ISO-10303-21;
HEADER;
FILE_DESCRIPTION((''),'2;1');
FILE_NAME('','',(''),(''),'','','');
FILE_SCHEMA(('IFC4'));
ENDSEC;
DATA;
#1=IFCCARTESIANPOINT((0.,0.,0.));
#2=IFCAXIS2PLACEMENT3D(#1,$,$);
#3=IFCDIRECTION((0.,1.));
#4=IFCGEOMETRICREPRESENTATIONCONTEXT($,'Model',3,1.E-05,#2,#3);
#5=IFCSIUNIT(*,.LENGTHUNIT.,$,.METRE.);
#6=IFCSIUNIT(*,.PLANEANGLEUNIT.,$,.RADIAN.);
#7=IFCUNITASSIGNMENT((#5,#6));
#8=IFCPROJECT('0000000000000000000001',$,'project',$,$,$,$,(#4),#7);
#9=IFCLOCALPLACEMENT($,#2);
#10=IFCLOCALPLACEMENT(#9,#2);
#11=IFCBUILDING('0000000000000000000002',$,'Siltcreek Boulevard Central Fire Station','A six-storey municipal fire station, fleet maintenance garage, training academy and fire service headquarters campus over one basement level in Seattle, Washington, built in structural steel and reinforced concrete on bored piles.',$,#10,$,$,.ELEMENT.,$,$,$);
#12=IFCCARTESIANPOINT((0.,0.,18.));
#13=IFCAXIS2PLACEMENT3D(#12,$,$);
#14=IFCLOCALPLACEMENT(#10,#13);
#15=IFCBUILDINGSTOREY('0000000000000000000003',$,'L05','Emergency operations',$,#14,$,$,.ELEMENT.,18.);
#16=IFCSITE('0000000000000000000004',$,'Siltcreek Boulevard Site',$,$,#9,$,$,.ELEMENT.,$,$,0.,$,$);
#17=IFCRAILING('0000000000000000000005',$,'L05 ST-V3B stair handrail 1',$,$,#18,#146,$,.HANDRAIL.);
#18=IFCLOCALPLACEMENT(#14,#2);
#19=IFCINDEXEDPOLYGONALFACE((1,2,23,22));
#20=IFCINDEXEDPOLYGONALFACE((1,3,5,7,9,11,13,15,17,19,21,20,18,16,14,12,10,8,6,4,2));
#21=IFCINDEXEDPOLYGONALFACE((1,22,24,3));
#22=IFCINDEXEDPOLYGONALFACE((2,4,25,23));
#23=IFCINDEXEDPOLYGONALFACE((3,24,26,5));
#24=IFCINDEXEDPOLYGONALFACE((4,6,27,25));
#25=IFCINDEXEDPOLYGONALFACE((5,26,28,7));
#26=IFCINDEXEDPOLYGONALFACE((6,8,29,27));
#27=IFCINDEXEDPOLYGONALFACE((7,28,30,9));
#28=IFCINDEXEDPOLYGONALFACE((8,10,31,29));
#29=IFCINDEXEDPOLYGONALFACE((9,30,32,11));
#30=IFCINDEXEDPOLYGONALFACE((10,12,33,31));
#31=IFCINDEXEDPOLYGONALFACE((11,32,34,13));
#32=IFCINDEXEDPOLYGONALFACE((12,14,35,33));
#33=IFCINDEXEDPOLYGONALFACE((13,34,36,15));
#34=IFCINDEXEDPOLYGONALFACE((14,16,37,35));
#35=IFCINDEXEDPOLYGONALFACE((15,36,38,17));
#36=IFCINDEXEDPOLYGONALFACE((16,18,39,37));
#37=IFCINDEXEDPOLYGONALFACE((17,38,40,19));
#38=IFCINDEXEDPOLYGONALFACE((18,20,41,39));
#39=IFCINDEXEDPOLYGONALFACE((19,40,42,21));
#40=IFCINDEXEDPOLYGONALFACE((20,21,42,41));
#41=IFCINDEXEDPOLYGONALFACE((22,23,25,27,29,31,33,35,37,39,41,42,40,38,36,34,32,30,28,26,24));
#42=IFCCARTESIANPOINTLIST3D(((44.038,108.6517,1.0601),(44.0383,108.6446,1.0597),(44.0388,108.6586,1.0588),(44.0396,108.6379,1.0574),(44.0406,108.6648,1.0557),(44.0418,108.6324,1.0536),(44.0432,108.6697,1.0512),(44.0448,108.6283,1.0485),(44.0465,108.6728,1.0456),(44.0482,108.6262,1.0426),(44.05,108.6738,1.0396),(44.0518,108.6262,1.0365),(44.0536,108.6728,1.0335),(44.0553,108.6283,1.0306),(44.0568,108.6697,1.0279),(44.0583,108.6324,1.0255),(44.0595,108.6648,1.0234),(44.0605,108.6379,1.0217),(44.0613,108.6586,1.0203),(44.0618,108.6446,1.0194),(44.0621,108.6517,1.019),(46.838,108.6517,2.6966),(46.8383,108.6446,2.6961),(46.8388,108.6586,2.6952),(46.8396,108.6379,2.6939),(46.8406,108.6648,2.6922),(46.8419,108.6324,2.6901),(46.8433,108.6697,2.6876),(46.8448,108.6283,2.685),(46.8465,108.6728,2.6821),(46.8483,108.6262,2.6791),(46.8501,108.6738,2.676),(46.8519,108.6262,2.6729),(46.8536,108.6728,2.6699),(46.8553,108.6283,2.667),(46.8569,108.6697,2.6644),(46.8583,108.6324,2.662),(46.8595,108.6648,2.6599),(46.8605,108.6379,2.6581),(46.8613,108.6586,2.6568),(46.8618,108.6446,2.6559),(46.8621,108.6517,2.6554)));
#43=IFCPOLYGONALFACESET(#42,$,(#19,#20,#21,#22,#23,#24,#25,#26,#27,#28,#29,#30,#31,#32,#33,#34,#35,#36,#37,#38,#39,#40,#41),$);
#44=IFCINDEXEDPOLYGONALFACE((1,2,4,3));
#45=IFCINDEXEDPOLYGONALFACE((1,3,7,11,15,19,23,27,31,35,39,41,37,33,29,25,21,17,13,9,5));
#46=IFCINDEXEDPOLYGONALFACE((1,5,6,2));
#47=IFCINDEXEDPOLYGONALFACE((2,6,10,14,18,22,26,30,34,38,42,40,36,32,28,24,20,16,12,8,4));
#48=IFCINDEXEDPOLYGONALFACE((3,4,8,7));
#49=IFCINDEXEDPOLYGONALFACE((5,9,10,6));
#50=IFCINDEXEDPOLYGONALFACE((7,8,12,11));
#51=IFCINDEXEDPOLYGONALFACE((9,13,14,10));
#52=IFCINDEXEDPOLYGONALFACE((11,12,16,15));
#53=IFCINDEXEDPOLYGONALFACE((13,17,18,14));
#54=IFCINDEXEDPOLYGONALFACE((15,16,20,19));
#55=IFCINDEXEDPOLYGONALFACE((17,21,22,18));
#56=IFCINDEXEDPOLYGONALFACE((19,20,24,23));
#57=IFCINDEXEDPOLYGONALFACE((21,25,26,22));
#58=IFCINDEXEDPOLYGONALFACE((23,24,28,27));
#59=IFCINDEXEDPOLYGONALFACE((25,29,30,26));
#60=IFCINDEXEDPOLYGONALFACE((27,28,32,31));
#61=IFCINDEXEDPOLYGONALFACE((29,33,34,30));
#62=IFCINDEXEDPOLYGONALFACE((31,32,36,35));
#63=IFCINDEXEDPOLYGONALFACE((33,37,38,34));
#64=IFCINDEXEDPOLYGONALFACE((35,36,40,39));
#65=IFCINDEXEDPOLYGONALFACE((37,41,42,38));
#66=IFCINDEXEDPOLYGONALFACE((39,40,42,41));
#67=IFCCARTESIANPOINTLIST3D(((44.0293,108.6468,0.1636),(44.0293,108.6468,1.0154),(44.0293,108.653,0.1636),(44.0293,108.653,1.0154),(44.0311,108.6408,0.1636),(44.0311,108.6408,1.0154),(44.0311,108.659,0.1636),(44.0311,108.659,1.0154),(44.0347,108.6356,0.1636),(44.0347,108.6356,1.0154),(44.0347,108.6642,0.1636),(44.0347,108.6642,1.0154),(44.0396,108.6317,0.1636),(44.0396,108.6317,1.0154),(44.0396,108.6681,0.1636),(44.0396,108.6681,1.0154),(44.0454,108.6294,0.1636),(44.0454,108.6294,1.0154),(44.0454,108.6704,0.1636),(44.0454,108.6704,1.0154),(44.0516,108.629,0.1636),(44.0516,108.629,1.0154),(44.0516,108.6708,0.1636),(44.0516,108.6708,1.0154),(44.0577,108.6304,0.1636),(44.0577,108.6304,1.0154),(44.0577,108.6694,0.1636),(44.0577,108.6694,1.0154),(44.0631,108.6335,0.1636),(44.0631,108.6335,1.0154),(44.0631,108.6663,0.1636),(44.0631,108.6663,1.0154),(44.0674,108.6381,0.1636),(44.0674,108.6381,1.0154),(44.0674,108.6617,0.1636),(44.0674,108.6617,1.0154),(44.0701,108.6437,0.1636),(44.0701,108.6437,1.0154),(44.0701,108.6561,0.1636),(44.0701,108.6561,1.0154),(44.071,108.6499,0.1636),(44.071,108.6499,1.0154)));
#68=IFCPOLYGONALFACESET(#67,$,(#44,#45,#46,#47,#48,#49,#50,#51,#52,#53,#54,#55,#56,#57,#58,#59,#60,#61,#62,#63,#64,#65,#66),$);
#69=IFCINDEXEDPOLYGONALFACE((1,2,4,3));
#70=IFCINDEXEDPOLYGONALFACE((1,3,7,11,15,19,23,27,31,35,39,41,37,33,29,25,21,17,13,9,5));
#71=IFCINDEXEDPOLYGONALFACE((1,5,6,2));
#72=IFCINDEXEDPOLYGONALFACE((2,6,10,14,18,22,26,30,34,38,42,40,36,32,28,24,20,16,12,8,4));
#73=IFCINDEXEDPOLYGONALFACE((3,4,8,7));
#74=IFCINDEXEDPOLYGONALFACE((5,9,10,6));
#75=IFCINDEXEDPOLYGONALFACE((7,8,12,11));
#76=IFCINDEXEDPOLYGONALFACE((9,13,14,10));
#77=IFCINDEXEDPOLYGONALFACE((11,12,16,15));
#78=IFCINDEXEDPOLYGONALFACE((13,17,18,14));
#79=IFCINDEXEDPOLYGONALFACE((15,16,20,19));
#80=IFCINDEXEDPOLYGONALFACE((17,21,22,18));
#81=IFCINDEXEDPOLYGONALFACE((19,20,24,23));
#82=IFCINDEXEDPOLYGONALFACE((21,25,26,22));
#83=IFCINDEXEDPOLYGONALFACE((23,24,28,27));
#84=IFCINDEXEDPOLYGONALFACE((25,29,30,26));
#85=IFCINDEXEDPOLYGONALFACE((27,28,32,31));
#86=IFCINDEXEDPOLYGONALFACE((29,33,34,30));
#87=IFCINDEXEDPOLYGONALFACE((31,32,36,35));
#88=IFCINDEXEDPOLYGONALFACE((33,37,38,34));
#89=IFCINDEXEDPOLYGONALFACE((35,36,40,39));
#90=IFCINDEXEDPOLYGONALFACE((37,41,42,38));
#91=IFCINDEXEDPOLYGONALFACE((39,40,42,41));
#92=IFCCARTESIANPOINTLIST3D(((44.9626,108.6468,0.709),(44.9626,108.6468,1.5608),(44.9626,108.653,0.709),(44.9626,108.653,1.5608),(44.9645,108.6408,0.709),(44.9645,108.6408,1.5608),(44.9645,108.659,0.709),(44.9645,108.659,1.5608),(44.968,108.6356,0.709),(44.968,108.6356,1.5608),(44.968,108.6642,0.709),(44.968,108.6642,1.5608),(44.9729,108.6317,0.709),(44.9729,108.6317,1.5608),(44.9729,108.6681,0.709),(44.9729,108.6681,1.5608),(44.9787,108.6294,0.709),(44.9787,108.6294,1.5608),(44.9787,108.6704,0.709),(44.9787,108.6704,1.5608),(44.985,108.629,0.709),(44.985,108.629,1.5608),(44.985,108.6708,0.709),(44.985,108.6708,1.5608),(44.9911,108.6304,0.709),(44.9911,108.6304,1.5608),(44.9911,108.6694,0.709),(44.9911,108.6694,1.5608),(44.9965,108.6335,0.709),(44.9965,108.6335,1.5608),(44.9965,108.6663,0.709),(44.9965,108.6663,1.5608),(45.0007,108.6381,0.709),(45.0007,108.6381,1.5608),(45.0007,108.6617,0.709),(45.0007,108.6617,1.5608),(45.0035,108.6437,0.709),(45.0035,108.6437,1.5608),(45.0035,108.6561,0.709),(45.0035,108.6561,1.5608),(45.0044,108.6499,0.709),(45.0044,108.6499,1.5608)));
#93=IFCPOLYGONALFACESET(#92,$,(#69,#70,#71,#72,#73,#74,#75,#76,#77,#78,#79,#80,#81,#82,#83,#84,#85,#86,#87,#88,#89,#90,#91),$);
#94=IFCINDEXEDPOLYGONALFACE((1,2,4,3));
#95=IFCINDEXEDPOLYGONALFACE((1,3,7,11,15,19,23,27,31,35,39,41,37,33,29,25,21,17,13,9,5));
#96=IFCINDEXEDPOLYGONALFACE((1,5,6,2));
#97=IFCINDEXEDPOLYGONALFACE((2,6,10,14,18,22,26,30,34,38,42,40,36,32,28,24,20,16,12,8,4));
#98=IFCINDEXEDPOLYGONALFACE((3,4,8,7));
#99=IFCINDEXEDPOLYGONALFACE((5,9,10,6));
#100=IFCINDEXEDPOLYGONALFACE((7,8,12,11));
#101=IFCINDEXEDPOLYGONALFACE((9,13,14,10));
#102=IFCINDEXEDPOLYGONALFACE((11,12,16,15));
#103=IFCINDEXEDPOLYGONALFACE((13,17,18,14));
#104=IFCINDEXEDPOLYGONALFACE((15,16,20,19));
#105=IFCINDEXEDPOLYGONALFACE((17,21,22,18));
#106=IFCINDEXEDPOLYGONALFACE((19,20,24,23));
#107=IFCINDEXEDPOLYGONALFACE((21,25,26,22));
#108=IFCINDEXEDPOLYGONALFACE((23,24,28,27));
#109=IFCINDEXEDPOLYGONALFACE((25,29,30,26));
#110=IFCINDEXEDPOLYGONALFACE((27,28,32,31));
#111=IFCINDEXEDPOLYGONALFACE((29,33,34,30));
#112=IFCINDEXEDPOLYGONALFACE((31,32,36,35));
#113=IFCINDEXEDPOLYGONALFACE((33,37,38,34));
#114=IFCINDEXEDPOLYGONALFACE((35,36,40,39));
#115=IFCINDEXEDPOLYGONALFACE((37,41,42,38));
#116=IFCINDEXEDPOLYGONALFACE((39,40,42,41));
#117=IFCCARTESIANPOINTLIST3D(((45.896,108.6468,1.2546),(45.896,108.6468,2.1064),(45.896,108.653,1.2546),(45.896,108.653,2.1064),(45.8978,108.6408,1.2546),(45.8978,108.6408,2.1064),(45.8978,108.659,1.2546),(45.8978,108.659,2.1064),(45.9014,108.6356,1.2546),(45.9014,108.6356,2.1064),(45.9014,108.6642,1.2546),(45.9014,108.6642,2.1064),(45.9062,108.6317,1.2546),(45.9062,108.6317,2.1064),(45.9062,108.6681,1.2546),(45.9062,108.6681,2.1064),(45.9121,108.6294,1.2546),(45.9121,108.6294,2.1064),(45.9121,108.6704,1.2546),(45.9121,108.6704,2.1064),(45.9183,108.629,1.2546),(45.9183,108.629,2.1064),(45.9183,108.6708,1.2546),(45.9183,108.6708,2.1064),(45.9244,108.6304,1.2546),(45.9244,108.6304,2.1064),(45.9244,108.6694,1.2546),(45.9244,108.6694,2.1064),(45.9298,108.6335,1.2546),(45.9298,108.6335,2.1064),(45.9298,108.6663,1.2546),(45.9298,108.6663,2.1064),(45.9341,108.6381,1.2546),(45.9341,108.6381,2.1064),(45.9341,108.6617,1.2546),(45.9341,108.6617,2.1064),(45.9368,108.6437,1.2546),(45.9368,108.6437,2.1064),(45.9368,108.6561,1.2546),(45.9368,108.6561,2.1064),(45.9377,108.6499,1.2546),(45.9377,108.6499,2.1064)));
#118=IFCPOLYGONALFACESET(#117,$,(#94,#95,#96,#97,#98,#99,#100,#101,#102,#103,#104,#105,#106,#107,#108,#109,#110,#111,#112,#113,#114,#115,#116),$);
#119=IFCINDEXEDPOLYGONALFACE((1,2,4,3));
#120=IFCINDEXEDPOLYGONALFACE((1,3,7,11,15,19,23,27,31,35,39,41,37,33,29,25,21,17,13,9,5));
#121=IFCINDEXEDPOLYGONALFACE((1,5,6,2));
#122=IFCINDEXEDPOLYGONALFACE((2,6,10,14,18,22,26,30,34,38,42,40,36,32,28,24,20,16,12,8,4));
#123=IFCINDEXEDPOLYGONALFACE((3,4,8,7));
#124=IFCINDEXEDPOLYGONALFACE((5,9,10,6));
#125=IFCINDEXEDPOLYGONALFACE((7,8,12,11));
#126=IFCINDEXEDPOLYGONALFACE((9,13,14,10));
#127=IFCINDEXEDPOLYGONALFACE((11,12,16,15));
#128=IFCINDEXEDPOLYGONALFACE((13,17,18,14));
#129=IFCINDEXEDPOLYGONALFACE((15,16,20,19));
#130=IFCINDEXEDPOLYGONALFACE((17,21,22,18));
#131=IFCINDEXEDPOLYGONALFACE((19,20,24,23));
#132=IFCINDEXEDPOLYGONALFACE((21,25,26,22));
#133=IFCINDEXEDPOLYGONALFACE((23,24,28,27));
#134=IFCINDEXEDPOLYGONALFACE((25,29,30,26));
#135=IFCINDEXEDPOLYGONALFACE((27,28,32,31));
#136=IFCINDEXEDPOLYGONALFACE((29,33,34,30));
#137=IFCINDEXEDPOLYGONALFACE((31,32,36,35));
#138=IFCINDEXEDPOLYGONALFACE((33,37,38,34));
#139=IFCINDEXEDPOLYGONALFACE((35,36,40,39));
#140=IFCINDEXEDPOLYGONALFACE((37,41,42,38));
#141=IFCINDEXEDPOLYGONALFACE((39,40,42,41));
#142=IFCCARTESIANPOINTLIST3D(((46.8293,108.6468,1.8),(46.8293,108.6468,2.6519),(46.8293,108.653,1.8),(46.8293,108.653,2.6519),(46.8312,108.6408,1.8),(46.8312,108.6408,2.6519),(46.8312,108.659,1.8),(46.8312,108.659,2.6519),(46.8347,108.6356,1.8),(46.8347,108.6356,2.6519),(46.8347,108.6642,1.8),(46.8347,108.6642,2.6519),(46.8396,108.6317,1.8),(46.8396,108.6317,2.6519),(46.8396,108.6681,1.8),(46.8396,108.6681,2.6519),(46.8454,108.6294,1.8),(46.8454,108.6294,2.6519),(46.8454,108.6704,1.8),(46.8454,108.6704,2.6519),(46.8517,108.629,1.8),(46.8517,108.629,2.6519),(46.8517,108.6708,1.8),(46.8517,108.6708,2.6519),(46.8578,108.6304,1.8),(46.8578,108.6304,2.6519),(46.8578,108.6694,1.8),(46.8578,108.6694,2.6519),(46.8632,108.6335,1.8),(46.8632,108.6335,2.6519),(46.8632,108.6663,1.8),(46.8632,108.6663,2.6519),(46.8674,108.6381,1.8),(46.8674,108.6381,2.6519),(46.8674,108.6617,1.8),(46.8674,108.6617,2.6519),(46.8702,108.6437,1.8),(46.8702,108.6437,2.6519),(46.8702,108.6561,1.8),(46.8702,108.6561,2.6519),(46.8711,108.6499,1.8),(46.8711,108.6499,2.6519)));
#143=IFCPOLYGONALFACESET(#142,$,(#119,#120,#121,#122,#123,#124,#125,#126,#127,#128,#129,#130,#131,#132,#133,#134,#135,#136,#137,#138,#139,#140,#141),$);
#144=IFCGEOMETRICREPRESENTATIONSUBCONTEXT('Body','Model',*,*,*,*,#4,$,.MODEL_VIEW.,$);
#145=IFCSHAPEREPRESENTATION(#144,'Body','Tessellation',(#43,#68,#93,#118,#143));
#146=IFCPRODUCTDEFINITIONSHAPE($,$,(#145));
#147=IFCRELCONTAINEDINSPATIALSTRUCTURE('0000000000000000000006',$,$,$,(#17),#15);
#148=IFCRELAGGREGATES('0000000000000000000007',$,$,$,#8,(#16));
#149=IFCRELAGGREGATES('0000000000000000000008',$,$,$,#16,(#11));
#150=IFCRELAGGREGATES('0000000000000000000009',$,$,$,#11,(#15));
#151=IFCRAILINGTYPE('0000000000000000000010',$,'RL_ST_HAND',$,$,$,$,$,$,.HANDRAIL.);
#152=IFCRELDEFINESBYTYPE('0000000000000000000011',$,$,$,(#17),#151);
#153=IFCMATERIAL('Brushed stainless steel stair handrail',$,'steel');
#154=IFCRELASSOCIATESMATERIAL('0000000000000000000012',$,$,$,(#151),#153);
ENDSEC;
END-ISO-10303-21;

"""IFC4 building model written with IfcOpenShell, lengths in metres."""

from ifc_helpers import new_model, si_unit, direction, frame, origin, origin_2d, place, context, subcontext, project, spatial, circle, extrude, material, type_object, element, save


model = new_model("IFC4")

# Units and contexts
model_context = context("Model", 3, precision=1e-05, world=origin(), true_north=direction((0.0, 1.0)))
body_context = subcontext(model_context, "Body", "Model", "MODEL_VIEW")
ifc_project = project(units=[si_unit("LENGTHUNIT", "METRE"), si_unit("PLANEANGLEUNIT", "RADIAN")], contexts=[model_context])

# Site, building, storey
site_placement = place(None, origin())
site = spatial("IfcSite", under=ifc_project, at=site_placement, Name="Siltcreek Boulevard Site", CompositionType="ELEMENT", RefElevation=0.0)
building_placement = place(site_placement, origin())
building = spatial("IfcBuilding", under=site, at=building_placement, Name="Siltcreek Boulevard Central Fire Station", Description="A six-storey municipal fire station, fleet maintenance garage, training academy and fire service headquarters campus over one basement level in Seattle, Washington, built in structural steel and reinforced concrete on bored piles.", CompositionType="ELEMENT")
storey_placement = place(building_placement, frame((0.0, 0.0, 18.0)))
storey = spatial("IfcBuildingStorey", under=building, at=storey_placement, Name="L05", Description="Emergency operations", CompositionType="ELEMENT", Elevation=18.0)

# Railing
ifc_material_1 = material(Name="Brushed stainless steel stair handrail", Category="steel")
railing_type_1 = type_object("IfcRailingType", Name="RL_ST_HAND", PredefinedType="HANDRAIL", material=ifc_material_1)
railing_1_placement = place(storey_placement, frame((44.05, 108.6499, 0.1636)))
element("IfcRailing", 1, at=railing_1_placement, inside=storey, type_object=railing_type_1, Name="L05 ST-V3B stair handrail 1", PredefinedType="HANDRAIL", context=body_context, shape_type="SweptSolid", body=[
    extrude(circle(Radius=0.0239, at=origin_2d()), frame((0.0, 0.0, 0.876), z_axis=(0.863361, 0.0, 0.504587), x_axis=(0.0, 1.0, 0.0)), (0.0, 0.0, 1.0), 3.2432),
    extrude(circle(Radius=0.021, at=origin_2d()), origin(), (0.0, 0.0, 1.0), 0.8518),
    extrude(circle(Radius=0.021, at=origin_2d()), frame((0.9333, 0.0, 0.5454)), (0.0, 0.0, 1.0), 0.8518),
    extrude(circle(Radius=0.021, at=origin_2d()), frame((1.8667, 0.0, 1.0911)), (0.0, 0.0, 1.0), 0.8518),
    extrude(circle(Radius=0.021, at=origin_2d()), frame((2.8, 0.0, 1.6365)), (0.0, 0.0, 1.0), 0.8518),
])

save(model, "model.ifc")
